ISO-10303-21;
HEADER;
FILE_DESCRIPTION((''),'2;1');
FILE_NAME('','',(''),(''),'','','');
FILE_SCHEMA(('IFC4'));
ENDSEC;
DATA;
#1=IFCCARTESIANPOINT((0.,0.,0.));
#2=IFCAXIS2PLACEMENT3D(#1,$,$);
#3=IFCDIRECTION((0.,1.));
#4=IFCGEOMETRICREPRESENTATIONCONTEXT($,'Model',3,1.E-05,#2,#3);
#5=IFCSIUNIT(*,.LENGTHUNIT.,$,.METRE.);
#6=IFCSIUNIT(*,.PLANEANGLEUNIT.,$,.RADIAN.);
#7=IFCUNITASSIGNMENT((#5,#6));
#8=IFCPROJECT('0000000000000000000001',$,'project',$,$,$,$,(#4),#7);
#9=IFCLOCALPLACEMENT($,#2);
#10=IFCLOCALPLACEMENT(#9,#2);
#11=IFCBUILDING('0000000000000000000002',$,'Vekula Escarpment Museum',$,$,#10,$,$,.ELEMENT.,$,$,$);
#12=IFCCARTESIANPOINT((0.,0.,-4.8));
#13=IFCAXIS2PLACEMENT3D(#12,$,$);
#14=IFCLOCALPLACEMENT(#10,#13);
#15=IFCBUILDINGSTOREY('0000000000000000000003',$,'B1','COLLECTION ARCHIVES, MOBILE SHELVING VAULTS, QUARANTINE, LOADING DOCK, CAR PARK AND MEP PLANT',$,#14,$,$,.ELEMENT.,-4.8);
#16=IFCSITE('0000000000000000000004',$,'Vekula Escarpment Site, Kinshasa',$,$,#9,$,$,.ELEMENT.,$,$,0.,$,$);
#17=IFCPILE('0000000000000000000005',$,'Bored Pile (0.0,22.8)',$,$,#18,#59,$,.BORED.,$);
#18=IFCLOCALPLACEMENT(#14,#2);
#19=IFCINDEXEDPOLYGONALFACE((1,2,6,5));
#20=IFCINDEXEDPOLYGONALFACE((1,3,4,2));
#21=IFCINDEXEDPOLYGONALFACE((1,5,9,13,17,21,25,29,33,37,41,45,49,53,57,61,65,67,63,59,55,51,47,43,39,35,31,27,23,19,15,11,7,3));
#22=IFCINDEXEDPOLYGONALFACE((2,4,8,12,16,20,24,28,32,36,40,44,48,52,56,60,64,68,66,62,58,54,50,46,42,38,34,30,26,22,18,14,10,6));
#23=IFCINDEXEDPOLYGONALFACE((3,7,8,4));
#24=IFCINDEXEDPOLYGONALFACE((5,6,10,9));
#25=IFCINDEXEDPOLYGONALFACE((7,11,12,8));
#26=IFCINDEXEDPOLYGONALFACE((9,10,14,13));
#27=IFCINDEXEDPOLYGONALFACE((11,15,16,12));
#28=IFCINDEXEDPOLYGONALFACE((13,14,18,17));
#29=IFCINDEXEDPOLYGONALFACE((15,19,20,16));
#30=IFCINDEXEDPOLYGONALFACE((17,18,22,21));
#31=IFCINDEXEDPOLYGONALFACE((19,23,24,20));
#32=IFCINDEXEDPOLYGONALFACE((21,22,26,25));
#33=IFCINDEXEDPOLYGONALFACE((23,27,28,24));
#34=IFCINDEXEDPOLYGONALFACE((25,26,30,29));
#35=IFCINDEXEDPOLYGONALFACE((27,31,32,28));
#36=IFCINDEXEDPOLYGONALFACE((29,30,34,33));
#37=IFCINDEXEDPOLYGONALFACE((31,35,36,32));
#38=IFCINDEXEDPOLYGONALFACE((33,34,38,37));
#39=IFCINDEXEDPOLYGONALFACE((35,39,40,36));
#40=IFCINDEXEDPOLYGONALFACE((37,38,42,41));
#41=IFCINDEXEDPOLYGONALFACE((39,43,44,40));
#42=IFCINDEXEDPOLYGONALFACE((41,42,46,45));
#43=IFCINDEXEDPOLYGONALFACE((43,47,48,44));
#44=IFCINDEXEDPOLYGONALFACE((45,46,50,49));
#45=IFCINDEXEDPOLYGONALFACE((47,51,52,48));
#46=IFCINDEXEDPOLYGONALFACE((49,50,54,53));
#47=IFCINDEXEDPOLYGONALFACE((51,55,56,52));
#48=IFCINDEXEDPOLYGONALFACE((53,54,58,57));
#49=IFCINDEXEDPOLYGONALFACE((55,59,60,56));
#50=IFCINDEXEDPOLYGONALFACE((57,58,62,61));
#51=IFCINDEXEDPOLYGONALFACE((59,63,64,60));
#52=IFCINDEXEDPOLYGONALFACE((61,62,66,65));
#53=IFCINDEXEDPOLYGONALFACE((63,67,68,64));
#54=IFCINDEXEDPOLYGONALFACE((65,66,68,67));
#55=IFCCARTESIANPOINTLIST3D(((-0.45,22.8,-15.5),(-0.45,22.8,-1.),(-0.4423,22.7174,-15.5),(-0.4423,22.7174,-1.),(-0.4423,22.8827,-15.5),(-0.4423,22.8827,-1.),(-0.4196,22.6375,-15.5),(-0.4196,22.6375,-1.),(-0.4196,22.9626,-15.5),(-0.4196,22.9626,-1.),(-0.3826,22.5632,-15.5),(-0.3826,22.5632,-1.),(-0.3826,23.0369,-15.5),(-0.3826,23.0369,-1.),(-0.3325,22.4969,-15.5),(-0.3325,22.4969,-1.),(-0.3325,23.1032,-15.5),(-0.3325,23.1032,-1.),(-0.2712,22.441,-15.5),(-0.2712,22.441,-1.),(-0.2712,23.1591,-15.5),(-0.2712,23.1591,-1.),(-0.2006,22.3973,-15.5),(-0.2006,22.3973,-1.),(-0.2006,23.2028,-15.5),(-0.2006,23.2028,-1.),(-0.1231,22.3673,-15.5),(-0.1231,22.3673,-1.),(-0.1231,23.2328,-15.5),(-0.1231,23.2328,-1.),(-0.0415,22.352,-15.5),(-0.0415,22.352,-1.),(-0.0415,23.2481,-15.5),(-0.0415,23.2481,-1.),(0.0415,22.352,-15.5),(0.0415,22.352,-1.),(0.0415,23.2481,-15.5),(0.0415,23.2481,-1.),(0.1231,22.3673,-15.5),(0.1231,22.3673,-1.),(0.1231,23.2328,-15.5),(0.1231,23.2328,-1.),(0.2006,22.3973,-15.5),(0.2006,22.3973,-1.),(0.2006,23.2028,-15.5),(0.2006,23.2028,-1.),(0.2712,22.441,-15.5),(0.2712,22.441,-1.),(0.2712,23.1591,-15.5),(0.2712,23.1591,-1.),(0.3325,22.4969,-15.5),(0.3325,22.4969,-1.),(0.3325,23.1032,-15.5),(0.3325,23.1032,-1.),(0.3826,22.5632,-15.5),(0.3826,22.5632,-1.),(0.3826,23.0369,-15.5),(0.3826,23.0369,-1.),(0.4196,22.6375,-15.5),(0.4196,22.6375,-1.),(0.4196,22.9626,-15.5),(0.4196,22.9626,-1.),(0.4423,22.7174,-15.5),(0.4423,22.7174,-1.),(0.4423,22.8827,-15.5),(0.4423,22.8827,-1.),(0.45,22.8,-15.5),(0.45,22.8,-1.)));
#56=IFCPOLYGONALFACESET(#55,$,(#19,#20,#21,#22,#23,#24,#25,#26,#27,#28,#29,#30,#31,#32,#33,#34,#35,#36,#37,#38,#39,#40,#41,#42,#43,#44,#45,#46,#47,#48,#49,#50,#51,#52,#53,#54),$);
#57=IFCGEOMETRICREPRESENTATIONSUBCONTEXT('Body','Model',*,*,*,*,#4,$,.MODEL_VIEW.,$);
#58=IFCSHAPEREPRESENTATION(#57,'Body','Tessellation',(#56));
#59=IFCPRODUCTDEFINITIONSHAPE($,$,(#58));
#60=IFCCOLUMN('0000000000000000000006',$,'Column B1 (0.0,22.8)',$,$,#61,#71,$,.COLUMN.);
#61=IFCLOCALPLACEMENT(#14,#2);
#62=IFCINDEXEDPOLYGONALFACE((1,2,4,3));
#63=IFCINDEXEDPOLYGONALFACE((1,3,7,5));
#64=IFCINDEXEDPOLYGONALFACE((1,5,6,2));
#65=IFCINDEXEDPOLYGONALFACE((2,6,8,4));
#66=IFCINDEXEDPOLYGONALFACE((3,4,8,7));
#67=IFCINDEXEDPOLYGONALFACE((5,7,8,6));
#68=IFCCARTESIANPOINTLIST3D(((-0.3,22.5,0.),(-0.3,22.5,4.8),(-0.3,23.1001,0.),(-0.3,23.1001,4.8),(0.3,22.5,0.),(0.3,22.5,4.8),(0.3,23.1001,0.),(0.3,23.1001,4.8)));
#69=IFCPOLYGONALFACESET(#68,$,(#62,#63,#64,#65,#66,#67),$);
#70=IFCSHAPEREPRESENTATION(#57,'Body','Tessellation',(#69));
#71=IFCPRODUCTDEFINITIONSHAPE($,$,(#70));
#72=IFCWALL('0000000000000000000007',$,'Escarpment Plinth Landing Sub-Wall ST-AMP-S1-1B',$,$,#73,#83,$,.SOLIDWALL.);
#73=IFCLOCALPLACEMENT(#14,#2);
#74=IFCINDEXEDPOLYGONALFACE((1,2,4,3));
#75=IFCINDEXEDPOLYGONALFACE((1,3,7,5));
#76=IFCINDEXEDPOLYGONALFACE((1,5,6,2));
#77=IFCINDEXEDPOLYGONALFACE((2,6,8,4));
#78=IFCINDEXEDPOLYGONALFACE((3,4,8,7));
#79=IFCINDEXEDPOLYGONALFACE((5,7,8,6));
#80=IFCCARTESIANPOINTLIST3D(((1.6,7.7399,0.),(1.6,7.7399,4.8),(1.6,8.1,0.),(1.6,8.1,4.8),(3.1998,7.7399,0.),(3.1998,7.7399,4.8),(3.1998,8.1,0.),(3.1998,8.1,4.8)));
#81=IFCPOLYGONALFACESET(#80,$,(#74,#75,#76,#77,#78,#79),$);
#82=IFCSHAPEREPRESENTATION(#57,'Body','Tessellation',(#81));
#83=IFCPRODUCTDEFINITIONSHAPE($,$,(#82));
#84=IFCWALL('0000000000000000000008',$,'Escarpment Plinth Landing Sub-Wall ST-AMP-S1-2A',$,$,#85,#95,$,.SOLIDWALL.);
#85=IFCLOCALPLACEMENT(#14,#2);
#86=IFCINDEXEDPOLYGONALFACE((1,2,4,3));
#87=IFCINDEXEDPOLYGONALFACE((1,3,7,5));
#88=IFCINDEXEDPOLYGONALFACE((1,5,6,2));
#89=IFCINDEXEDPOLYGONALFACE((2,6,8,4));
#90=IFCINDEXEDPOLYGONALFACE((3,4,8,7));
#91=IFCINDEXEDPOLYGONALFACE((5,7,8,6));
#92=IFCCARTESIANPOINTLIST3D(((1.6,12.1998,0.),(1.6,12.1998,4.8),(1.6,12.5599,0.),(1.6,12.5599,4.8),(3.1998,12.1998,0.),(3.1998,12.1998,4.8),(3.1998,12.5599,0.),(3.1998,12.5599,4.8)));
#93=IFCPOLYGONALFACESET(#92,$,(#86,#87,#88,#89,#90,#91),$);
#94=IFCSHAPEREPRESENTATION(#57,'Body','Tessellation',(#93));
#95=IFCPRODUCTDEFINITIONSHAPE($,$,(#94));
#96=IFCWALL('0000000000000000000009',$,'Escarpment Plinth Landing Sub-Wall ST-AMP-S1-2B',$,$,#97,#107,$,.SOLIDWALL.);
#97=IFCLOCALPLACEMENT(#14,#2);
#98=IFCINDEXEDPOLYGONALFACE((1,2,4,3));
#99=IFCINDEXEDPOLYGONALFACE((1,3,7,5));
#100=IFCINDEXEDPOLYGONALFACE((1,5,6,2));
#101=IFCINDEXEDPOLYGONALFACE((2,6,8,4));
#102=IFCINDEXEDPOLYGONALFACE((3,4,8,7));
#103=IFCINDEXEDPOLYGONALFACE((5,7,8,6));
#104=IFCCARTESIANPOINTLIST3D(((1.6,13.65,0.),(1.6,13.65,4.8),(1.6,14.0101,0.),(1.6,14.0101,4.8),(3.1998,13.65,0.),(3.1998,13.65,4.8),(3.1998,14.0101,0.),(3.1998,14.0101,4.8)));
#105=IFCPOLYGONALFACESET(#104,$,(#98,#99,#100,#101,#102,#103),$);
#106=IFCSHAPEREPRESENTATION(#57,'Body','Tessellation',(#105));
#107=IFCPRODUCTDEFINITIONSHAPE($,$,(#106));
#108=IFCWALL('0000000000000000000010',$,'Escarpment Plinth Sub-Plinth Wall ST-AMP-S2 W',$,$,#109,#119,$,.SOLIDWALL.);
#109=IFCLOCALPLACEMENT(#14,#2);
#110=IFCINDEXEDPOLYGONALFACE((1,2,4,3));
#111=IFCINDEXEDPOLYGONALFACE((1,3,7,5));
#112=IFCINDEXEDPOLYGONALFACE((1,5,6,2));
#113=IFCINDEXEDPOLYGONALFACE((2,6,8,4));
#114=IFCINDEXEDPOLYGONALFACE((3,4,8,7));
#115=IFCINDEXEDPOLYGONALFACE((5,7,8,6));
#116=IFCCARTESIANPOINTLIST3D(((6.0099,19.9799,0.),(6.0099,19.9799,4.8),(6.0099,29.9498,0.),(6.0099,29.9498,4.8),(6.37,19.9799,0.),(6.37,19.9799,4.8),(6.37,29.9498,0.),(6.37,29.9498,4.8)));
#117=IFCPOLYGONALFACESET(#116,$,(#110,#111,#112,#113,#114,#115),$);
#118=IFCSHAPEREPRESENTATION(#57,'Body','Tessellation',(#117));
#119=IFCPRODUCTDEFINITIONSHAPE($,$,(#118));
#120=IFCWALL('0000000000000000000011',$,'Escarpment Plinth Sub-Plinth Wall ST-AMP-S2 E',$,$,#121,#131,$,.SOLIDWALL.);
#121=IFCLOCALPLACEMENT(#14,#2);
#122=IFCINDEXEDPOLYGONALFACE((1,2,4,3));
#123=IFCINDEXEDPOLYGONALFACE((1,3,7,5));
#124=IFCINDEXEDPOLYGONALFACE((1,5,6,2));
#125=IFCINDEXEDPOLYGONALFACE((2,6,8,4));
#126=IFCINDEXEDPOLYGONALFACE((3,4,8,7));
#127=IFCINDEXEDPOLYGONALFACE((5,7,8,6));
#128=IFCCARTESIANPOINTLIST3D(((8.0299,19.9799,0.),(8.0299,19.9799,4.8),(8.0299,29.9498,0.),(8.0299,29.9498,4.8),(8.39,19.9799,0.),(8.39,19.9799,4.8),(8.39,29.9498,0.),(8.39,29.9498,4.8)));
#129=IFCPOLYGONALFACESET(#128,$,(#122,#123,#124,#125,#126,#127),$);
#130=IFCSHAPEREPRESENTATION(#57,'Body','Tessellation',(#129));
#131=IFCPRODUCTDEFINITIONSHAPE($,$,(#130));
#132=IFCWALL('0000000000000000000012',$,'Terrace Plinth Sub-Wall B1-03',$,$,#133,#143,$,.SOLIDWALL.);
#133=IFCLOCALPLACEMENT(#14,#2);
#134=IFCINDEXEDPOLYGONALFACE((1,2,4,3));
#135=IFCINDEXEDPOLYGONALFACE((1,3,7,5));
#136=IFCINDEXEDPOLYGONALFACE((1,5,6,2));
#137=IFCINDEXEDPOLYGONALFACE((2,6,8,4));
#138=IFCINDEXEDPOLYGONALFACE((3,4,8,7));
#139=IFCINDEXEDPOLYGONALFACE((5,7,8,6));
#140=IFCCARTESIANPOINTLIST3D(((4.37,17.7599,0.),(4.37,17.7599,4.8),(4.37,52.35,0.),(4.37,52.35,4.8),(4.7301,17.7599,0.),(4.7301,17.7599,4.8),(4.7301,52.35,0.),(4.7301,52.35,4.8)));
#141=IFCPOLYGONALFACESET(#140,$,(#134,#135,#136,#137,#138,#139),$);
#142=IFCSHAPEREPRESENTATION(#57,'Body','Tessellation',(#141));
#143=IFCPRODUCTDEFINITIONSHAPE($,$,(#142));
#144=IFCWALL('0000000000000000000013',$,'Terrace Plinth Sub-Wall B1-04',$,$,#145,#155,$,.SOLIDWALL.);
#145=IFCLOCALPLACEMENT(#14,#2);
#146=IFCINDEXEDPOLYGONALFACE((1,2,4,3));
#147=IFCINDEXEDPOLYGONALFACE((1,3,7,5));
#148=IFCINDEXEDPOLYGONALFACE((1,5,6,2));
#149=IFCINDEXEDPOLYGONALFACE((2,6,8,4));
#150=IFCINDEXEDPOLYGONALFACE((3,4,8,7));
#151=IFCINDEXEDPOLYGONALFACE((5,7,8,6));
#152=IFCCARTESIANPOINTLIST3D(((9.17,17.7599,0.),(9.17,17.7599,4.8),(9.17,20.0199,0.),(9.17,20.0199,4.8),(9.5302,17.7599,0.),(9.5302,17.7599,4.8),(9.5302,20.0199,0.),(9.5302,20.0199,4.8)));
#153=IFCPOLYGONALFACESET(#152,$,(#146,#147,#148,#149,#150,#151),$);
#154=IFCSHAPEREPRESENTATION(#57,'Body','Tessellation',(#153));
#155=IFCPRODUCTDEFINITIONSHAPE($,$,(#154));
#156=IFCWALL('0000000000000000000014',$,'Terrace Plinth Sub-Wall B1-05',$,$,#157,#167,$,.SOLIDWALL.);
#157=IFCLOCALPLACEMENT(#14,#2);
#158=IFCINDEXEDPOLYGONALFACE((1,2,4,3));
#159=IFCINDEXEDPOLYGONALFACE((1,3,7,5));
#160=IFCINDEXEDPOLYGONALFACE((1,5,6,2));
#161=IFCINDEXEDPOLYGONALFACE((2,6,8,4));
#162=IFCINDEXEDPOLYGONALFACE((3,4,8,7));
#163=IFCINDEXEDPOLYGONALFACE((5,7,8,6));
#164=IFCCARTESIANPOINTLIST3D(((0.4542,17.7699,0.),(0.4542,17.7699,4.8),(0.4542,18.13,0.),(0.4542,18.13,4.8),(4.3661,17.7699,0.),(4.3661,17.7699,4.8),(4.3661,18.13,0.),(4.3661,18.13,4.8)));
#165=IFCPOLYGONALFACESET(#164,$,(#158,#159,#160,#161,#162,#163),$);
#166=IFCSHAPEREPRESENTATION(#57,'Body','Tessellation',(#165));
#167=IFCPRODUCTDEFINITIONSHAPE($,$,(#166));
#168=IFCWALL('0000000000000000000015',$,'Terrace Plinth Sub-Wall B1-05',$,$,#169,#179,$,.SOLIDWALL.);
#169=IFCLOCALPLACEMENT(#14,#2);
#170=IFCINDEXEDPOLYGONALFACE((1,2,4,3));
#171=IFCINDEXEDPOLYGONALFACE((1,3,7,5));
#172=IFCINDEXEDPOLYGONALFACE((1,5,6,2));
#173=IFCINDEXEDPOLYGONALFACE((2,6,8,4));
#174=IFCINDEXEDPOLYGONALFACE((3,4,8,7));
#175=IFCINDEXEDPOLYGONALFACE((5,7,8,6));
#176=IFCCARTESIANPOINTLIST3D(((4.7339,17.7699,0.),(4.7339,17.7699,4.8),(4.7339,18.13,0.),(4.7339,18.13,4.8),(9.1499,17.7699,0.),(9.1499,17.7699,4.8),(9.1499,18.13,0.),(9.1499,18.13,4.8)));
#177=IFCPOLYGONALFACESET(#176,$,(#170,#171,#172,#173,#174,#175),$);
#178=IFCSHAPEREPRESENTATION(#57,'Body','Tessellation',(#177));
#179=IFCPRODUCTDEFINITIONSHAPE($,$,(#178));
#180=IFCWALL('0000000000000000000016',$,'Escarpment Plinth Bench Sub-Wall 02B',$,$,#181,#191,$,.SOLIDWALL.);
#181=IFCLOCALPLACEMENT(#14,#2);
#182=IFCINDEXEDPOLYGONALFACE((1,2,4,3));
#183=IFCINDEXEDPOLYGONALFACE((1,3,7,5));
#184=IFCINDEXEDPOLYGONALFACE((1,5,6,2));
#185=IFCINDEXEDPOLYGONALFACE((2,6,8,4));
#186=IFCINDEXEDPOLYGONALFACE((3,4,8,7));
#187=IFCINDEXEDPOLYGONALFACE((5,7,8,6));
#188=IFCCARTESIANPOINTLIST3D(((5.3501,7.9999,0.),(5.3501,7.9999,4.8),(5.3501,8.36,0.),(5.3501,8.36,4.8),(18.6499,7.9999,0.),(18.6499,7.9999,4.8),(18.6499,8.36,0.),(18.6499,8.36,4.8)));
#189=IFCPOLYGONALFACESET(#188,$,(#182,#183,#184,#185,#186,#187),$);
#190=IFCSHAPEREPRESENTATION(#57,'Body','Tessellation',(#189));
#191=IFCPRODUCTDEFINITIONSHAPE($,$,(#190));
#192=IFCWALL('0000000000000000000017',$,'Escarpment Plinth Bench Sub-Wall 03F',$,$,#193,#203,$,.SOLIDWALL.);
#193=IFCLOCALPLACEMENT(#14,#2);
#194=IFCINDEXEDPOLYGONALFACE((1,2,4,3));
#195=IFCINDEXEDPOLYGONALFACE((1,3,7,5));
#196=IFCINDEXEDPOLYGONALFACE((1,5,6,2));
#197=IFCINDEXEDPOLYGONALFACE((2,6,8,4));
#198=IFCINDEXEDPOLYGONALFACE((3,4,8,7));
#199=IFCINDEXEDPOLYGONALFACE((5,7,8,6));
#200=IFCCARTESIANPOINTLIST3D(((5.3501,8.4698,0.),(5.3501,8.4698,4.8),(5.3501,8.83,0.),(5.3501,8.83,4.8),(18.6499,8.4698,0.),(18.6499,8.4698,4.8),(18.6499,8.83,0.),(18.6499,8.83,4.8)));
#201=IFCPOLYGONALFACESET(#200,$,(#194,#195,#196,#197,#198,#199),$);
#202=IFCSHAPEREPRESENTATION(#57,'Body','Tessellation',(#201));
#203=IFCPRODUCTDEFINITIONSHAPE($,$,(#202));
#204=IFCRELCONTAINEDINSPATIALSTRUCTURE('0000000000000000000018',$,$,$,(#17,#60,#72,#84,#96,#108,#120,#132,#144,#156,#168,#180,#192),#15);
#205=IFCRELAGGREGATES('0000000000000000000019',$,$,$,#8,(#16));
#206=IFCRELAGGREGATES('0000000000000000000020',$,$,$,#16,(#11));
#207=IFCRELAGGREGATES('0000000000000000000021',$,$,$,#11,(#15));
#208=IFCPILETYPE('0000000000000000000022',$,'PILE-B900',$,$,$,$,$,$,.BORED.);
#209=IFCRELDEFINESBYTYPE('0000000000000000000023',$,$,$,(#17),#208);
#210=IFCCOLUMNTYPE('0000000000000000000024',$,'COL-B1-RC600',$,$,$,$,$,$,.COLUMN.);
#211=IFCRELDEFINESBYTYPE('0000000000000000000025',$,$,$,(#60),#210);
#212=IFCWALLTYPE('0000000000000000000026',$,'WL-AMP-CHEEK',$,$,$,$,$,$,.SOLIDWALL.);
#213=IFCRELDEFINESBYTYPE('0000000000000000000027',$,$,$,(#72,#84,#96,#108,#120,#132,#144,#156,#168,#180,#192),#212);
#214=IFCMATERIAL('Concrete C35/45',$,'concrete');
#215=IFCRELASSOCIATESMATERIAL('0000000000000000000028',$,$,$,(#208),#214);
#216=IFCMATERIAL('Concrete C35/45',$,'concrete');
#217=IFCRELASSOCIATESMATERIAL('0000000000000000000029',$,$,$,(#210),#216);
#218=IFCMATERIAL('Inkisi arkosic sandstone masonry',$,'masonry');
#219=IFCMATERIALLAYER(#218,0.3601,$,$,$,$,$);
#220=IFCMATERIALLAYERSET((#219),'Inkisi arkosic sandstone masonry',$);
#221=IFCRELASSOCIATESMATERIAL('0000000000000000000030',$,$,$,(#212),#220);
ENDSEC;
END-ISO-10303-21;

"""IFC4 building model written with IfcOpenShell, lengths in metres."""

from ifc_helpers import new_model, si_unit, direction, frame, frame_2d, origin, origin_2d, place, context, subcontext, project, spatial, rectangle, circle, extrude, material, layer, layer_set, material_profile, profile_set, type_object, element, save


model = new_model("IFC4")

# Units and contexts
model_context = context("Model", 3, precision=1e-05, world=origin(), true_north=direction((0.0, 1.0)))
body_context = subcontext(model_context, "Body", "Model", "MODEL_VIEW")
ifc_project = project(units=[si_unit("LENGTHUNIT", "METRE"), si_unit("PLANEANGLEUNIT", "RADIAN")], contexts=[model_context])

# Site, building, storey
site_placement = place(None, origin())
site = spatial("IfcSite", under=ifc_project, at=site_placement, Name="Vekula Escarpment Site, Kinshasa", CompositionType="ELEMENT", RefElevation=0.0)
building_placement = place(site_placement, origin())
building = spatial("IfcBuilding", under=site, at=building_placement, Name="Vekula Escarpment Museum", CompositionType="ELEMENT")
storey_placement = place(building_placement, frame((0.0, 0.0, -4.8)))
storey = spatial("IfcBuildingStorey", under=building, at=storey_placement, Name="B1", Description="COLLECTION ARCHIVES, MOBILE SHELVING VAULTS, QUARANTINE, LOADING DOCK, CAR PARK AND MEP PLANT", CompositionType="ELEMENT", Elevation=-4.8)

# Pile
ifc_material_1 = material(Name="Concrete C35/45", Category="concrete")
ifc_material_profile_1 = material_profile(ifc_material_1, circle(Radius=0.45, at=origin_2d()), Name="BORED PILE 900")
ifc_profile_set_1 = profile_set([ifc_material_profile_1], Name="Concrete C35/45")
pile_type = type_object("IfcPileType", Name="PILE-B900", PredefinedType="BORED", material=ifc_profile_set_1)
pile_placement = place(storey_placement, frame((0.0, 22.8, -1.0), z_axis=(0.0, 0.0, -1.0), x_axis=(1.0, 0.0, 0.0)))
element("IfcPile", 1, at=pile_placement, inside=storey, type_object=pile_type, Name="Bored Pile (0.0,22.8)", PredefinedType="BORED", context=body_context, shape_type="SweptSolid", body=[
    extrude(circle(Radius=0.45, at=origin_2d()), origin(), (0.0, 0.0, 1.0), 14.5),
])

# Column
ifc_material_2 = material(Name="Concrete C35/45", Category="concrete")
ifc_material_profile_2 = material_profile(ifc_material_2, rectangle(XDim=0.6001, YDim=0.6001, at=origin_2d()), Name="RC 600x600")
ifc_profile_set_2 = profile_set([ifc_material_profile_2], Name="Concrete C35/45")
column_type = type_object("IfcColumnType", Name="COL-B1-RC600", PredefinedType="COLUMN", material=ifc_profile_set_2)
column_placement = place(storey_placement, frame((0.0, 22.8, 0.0), z_axis=(0.0, 0.0, 1.0), x_axis=(1.0, 0.0, 0.0)))
element("IfcColumn", 2, at=column_placement, inside=storey, type_object=column_type, Name="Column B1 (0.0,22.8)", PredefinedType="COLUMN", context=body_context, shape_type="SweptSolid", body=[
    extrude(rectangle(XDim=0.6001, YDim=0.6001, at=origin_2d()), origin(), (0.0, 0.0, 1.0), 4.8),
])

# Walls
ifc_material_3 = material(Name="Inkisi arkosic sandstone masonry", Category="masonry")
ifc_layer_1 = layer(ifc_material_3, 0.3601)
ifc_layer_set_1 = layer_set([ifc_layer_1], Name="Inkisi arkosic sandstone masonry")
wall_type_1 = type_object("IfcWallType", Name="WL-AMP-CHEEK", PredefinedType="SOLIDWALL", material=ifc_layer_set_1)
for number, where, z_axis, x_axis, name in (
    (3, (1.6001, 7.9199, 0.0), (0.0, 0.0, 1.0), (1.0, 0.0, 0.0), "Escarpment Plinth Landing Sub-Wall ST-AMP-S1-1B"),
    (4, (1.6001, 12.3799, 0.0), (0.0, 0.0, 1.0), (1.0, 0.0, 0.0), "Escarpment Plinth Landing Sub-Wall ST-AMP-S1-2A"),
    (5, (1.6001, 13.8301, 0.0), (0.0, 0.0, 1.0), (1.0, 0.0, 0.0), "Escarpment Plinth Landing Sub-Wall ST-AMP-S1-2B"),
):
    element("IfcWall", number, at=place(storey_placement, frame(where, z_axis=z_axis, x_axis=x_axis)), inside=storey, type_object=wall_type_1, Name=name, PredefinedType="SOLIDWALL", context=body_context, shape_type="SweptSolid", body=[
        extrude(rectangle(XDim=1.5999, YDim=0.3601, at=frame_2d((0.7998, 0.0))), origin(), (0.0, 0.0, 1.0), 4.8),
    ])
for number, where, z_axis, x_axis, name in (
    (6, (6.1899, 19.98, 0.0), (0.0, 0.0, 1.0), (0.0, 1.0, 0.0), "Escarpment Plinth Sub-Plinth Wall ST-AMP-S2 W"),
    (7, (8.21, 19.98, 0.0), (0.0, 0.0, 1.0), (0.0, 1.0, 0.0), "Escarpment Plinth Sub-Plinth Wall ST-AMP-S2 E"),
):
    element("IfcWall", number, at=place(storey_placement, frame(where, z_axis=z_axis, x_axis=x_axis)), inside=storey, type_object=wall_type_1, Name=name, PredefinedType="SOLIDWALL", context=body_context, shape_type="SweptSolid", body=[
        extrude(rectangle(XDim=9.97, YDim=0.3601, at=frame_2d((4.9849, 0.0))), origin(), (0.0, 0.0, 1.0), 4.8),
    ])
wall_1_placement = place(storey_placement, frame((4.55, 17.76, 0.0), z_axis=(0.0, 0.0, 1.0), x_axis=(0.0, 1.0, 0.0)))
element("IfcWall", 8, at=wall_1_placement, inside=storey, type_object=wall_type_1, Name="Terrace Plinth Sub-Wall B1-03", PredefinedType="SOLIDWALL", context=body_context, shape_type="SweptSolid", body=[
    extrude(rectangle(XDim=34.5901, YDim=0.3601, at=frame_2d((17.2949, 0.0))), origin(), (0.0, 0.0, 1.0), 4.8),
])
wall_2_placement = place(storey_placement, frame((9.3501, 17.76, 0.0), z_axis=(0.0, 0.0, 1.0), x_axis=(0.0, 1.0, 0.0)))
element("IfcWall", 9, at=wall_2_placement, inside=storey, type_object=wall_type_1, Name="Terrace Plinth Sub-Wall B1-04", PredefinedType="SOLIDWALL", context=body_context, shape_type="SweptSolid", body=[
    extrude(rectangle(XDim=2.26, YDim=0.3601, at=frame_2d((1.1299, 0.0))), origin(), (0.0, 0.0, 1.0), 4.8),
])
wall_3_placement = place(storey_placement, frame((0.4541, 17.95, 0.0), z_axis=(0.0, 0.0, 1.0), x_axis=(1.0, 0.0, 0.0)))
element("IfcWall", 10, at=wall_3_placement, inside=storey, type_object=wall_type_1, Name="Terrace Plinth Sub-Wall B1-05", PredefinedType="SOLIDWALL", context=body_context, shape_type="SweptSolid", body=[
    extrude(rectangle(XDim=3.9119, YDim=0.3601, at=frame_2d((1.9561, 0.0))), origin(), (0.0, 0.0, 1.0), 4.8),
])
wall_4_placement = place(storey_placement, frame((4.7339, 17.95, 0.0), z_axis=(0.0, 0.0, 1.0), x_axis=(1.0, 0.0, 0.0)))
element("IfcWall", 11, at=wall_4_placement, inside=storey, type_object=wall_type_1, Name="Terrace Plinth Sub-Wall B1-05", PredefinedType="SOLIDWALL", context=body_context, shape_type="SweptSolid", body=[
    extrude(rectangle(XDim=4.416, YDim=0.3601, at=frame_2d((2.208, 0.0))), origin(), (0.0, 0.0, 1.0), 4.8),
])
for number, where, z_axis, x_axis, name in (
    (12, (5.3501, 8.1799, 0.0), (0.0, 0.0, 1.0), (1.0, 0.0, 0.0), "Escarpment Plinth Bench Sub-Wall 02B"),
    (13, (5.3501, 8.6499, 0.0), (0.0, 0.0, 1.0), (1.0, 0.0, 0.0), "Escarpment Plinth Bench Sub-Wall 03F"),
):
    element("IfcWall", number, at=place(storey_placement, frame(where, z_axis=z_axis, x_axis=x_axis)), inside=storey, type_object=wall_type_1, Name=name, PredefinedType="SOLIDWALL", context=body_context, shape_type="SweptSolid", body=[
        extrude(rectangle(XDim=13.2998, YDim=0.3601, at=frame_2d((6.6499, 0.0))), origin(), (0.0, 0.0, 1.0), 4.8),
    ])

save(model, "model.ifc")
